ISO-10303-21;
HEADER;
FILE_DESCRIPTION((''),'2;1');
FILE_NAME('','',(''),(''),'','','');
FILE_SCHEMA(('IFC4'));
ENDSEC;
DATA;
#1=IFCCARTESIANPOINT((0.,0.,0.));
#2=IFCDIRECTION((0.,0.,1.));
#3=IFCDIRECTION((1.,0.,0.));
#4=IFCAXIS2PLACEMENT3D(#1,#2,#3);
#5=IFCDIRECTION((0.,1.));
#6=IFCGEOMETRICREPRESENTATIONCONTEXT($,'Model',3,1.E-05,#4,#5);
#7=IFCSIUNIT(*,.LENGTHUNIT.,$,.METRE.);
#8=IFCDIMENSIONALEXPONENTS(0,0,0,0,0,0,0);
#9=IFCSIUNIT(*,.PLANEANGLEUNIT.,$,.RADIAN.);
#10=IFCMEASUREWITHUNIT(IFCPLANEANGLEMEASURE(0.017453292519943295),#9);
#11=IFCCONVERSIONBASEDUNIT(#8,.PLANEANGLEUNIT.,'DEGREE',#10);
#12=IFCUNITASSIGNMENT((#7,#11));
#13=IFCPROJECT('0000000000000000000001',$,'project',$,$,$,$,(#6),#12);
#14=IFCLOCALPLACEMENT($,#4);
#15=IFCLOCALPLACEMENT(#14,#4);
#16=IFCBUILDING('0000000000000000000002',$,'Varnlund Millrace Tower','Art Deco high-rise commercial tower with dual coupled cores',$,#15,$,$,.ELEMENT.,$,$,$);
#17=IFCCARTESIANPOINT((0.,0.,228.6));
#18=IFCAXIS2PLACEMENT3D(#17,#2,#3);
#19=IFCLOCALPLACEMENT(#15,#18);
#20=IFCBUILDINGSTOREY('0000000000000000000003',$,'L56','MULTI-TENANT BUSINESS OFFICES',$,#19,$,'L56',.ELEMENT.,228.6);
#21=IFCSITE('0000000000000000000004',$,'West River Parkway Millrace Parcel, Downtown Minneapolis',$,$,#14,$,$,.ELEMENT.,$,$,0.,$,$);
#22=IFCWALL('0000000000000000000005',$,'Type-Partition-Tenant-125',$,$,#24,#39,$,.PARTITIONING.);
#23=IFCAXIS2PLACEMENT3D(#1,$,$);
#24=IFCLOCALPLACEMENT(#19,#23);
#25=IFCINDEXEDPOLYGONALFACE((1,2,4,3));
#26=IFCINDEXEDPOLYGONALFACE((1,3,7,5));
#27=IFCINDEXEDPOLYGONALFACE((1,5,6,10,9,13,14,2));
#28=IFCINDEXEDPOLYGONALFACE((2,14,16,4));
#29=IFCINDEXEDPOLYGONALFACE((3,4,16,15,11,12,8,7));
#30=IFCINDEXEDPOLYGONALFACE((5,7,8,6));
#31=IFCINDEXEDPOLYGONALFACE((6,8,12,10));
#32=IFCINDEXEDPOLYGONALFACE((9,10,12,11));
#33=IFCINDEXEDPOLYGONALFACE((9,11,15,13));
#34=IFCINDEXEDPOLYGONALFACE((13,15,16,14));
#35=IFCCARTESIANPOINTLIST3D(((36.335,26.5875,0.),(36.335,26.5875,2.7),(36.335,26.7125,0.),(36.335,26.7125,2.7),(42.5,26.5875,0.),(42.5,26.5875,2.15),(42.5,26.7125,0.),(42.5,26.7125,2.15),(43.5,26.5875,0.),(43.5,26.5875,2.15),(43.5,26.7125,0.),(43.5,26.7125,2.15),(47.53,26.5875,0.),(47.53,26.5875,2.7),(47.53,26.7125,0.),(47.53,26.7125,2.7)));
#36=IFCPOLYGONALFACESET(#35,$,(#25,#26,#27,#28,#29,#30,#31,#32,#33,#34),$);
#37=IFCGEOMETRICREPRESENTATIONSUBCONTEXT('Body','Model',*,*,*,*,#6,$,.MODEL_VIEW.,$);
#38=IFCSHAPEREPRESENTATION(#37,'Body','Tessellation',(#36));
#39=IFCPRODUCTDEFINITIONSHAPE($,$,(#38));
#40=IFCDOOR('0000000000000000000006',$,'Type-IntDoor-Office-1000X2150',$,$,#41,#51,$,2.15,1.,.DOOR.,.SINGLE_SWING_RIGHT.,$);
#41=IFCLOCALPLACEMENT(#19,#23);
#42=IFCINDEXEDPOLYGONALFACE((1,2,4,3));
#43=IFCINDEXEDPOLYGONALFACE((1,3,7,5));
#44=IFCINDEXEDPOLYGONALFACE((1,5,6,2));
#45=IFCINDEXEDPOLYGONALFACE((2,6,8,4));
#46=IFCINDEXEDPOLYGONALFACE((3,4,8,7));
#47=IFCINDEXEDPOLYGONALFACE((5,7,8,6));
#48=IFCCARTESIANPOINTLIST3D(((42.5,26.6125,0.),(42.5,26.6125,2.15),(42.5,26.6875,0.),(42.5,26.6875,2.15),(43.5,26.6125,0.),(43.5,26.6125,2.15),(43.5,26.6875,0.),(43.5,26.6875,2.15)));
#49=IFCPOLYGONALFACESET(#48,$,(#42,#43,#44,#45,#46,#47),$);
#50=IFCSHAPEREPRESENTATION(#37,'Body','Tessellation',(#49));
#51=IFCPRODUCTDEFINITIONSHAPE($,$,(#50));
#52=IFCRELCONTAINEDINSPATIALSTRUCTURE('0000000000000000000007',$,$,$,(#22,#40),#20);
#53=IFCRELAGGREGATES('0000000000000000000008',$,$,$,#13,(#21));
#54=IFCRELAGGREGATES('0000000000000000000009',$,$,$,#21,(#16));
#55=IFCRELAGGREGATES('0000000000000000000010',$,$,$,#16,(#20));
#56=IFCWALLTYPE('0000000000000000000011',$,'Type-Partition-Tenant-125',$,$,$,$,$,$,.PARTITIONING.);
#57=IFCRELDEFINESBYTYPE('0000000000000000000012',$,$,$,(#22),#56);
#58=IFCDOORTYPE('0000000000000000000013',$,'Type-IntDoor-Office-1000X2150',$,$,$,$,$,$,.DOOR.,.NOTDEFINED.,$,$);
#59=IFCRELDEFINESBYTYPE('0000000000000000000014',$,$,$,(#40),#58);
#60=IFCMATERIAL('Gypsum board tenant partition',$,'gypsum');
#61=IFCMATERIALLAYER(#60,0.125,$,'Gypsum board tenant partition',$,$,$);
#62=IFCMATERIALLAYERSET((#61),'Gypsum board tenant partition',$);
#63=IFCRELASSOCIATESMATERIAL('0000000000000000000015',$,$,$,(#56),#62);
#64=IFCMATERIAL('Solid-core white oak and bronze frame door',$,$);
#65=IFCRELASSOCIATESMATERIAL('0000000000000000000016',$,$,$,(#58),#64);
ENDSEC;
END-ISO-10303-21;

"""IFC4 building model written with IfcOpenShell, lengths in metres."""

from ifc_helpers import new_model, entity, si_unit, converted_unit, direction, frame, origin_with_axes, origin_2d_with_axis, place, context, subcontext, project, spatial, polyline, rectangle, outline, extrude, material, layer, layer_set, type_object, element, fill, save


model = new_model("IFC4")

# Units and contexts
model_context = context("Model", 3, precision=1e-05, world=origin_with_axes(), true_north=direction((0.0, 1.0)))
body_context = subcontext(model_context, "Body", "Model", "MODEL_VIEW")
ifc_project = project(units=[si_unit("LENGTHUNIT", "METRE"), converted_unit("PLANEANGLEUNIT", "DEGREE", entity("IfcPlaneAngleMeasure", 0.017453292519943295), si_unit("PLANEANGLEUNIT", "RADIAN"), dimensions=[0, 0, 0, 0, 0, 0, 0])], contexts=[model_context])

# Site, building, storey
site_placement = place(None, origin_with_axes())
site = spatial("IfcSite", under=ifc_project, at=site_placement, Name="West River Parkway Millrace Parcel, Downtown Minneapolis", CompositionType="ELEMENT", RefElevation=0.0)
building_placement = place(site_placement, origin_with_axes())
building = spatial("IfcBuilding", under=site, at=building_placement, Name="Varnlund Millrace Tower", Description="Art Deco high-rise commercial tower with dual coupled cores", CompositionType="ELEMENT")
storey_placement = place(building_placement, frame((0.0, 0.0, 228.6), z_axis=(0.0, 0.0, 1.0), x_axis=(1.0, 0.0, 0.0)))
storey = spatial("IfcBuildingStorey", under=building, at=storey_placement, Name="L56", Description="MULTI-TENANT BUSINESS OFFICES", LongName="L56", CompositionType="ELEMENT", Elevation=228.6)

# Shared definitions
ifc_material_1 = material(Name="Gypsum board tenant partition", Category="gypsum")
ifc_layer_1 = layer(ifc_material_1, 0.125, Name="Gypsum board tenant partition")
ifc_layer_set_1 = layer_set([ifc_layer_1], Name="Gypsum board tenant partition")
wall_type_1 = type_object("IfcWallType", Name="Type-Partition-Tenant-125", PredefinedType="PARTITIONING", material=ifc_layer_set_1)

# Wall, opening, door
wall_1_placement = place(storey_placement, frame((36.335, 26.65, 0.0), z_axis=(0.0, 0.0, 1.0), x_axis=(1.0, 0.0, 0.0)))
wall_1 = element("IfcWall", 1, at=wall_1_placement, inside=storey, type_object=wall_type_1, Name="Type-Partition-Tenant-125", PredefinedType="PARTITIONING", context=body_context, shape_type="SweptSolid", body=[
    extrude(outline(polyline([(0.0, -0.0625), (11.195, -0.0625), (11.195, 0.0625), (0.0, 0.0625), (0.0, -0.0625)])), origin_with_axes(), (0.0, 0.0, 1.0), 2.7),
])
opening_1_placement = place(wall_1_placement, frame((6.665, 0.0, 0.0), z_axis=(0.0, 0.0, 1.0), x_axis=(1.0, 0.0, 0.0)))
opening_1 = element("IfcOpeningElement", 2, at=opening_1_placement, cuts=wall_1, PredefinedType="OPENING", context=body_context, shape_type="SweptSolid", body=[
    extrude(rectangle(XDim=1.0, YDim=0.145, at=origin_2d_with_axis()), origin_with_axes(), (0.0, 0.0, 1.0), 2.15),
])
ifc_material_2 = material(Name="Solid-core white oak and bronze frame door")
door_type_1 = type_object("IfcDoorType", Name="Type-IntDoor-Office-1000X2150", OperationType="NOTDEFINED", PredefinedType="DOOR", material=ifc_material_2)
door_1_placement = place(wall_1_placement, frame((6.665, 0.0, 0.0), z_axis=(0.0, 0.0, 1.0), x_axis=(1.0, 0.0, 0.0)))
door_1 = element("IfcDoor", 3, at=door_1_placement, inside=storey, type_object=door_type_1, Name="Type-IntDoor-Office-1000X2150", OperationType="SINGLE_SWING_RIGHT", OverallHeight=2.15, OverallWidth=1.0, PredefinedType="DOOR", context=body_context, shape_type="SweptSolid", body=[
    extrude(rectangle(XDim=1.0, YDim=0.075, at=origin_2d_with_axis()), origin_with_axes(), (0.0, 0.0, 1.0), 2.15),
])
fill(opening_1, door_1)

save(model, "model.ifc")
